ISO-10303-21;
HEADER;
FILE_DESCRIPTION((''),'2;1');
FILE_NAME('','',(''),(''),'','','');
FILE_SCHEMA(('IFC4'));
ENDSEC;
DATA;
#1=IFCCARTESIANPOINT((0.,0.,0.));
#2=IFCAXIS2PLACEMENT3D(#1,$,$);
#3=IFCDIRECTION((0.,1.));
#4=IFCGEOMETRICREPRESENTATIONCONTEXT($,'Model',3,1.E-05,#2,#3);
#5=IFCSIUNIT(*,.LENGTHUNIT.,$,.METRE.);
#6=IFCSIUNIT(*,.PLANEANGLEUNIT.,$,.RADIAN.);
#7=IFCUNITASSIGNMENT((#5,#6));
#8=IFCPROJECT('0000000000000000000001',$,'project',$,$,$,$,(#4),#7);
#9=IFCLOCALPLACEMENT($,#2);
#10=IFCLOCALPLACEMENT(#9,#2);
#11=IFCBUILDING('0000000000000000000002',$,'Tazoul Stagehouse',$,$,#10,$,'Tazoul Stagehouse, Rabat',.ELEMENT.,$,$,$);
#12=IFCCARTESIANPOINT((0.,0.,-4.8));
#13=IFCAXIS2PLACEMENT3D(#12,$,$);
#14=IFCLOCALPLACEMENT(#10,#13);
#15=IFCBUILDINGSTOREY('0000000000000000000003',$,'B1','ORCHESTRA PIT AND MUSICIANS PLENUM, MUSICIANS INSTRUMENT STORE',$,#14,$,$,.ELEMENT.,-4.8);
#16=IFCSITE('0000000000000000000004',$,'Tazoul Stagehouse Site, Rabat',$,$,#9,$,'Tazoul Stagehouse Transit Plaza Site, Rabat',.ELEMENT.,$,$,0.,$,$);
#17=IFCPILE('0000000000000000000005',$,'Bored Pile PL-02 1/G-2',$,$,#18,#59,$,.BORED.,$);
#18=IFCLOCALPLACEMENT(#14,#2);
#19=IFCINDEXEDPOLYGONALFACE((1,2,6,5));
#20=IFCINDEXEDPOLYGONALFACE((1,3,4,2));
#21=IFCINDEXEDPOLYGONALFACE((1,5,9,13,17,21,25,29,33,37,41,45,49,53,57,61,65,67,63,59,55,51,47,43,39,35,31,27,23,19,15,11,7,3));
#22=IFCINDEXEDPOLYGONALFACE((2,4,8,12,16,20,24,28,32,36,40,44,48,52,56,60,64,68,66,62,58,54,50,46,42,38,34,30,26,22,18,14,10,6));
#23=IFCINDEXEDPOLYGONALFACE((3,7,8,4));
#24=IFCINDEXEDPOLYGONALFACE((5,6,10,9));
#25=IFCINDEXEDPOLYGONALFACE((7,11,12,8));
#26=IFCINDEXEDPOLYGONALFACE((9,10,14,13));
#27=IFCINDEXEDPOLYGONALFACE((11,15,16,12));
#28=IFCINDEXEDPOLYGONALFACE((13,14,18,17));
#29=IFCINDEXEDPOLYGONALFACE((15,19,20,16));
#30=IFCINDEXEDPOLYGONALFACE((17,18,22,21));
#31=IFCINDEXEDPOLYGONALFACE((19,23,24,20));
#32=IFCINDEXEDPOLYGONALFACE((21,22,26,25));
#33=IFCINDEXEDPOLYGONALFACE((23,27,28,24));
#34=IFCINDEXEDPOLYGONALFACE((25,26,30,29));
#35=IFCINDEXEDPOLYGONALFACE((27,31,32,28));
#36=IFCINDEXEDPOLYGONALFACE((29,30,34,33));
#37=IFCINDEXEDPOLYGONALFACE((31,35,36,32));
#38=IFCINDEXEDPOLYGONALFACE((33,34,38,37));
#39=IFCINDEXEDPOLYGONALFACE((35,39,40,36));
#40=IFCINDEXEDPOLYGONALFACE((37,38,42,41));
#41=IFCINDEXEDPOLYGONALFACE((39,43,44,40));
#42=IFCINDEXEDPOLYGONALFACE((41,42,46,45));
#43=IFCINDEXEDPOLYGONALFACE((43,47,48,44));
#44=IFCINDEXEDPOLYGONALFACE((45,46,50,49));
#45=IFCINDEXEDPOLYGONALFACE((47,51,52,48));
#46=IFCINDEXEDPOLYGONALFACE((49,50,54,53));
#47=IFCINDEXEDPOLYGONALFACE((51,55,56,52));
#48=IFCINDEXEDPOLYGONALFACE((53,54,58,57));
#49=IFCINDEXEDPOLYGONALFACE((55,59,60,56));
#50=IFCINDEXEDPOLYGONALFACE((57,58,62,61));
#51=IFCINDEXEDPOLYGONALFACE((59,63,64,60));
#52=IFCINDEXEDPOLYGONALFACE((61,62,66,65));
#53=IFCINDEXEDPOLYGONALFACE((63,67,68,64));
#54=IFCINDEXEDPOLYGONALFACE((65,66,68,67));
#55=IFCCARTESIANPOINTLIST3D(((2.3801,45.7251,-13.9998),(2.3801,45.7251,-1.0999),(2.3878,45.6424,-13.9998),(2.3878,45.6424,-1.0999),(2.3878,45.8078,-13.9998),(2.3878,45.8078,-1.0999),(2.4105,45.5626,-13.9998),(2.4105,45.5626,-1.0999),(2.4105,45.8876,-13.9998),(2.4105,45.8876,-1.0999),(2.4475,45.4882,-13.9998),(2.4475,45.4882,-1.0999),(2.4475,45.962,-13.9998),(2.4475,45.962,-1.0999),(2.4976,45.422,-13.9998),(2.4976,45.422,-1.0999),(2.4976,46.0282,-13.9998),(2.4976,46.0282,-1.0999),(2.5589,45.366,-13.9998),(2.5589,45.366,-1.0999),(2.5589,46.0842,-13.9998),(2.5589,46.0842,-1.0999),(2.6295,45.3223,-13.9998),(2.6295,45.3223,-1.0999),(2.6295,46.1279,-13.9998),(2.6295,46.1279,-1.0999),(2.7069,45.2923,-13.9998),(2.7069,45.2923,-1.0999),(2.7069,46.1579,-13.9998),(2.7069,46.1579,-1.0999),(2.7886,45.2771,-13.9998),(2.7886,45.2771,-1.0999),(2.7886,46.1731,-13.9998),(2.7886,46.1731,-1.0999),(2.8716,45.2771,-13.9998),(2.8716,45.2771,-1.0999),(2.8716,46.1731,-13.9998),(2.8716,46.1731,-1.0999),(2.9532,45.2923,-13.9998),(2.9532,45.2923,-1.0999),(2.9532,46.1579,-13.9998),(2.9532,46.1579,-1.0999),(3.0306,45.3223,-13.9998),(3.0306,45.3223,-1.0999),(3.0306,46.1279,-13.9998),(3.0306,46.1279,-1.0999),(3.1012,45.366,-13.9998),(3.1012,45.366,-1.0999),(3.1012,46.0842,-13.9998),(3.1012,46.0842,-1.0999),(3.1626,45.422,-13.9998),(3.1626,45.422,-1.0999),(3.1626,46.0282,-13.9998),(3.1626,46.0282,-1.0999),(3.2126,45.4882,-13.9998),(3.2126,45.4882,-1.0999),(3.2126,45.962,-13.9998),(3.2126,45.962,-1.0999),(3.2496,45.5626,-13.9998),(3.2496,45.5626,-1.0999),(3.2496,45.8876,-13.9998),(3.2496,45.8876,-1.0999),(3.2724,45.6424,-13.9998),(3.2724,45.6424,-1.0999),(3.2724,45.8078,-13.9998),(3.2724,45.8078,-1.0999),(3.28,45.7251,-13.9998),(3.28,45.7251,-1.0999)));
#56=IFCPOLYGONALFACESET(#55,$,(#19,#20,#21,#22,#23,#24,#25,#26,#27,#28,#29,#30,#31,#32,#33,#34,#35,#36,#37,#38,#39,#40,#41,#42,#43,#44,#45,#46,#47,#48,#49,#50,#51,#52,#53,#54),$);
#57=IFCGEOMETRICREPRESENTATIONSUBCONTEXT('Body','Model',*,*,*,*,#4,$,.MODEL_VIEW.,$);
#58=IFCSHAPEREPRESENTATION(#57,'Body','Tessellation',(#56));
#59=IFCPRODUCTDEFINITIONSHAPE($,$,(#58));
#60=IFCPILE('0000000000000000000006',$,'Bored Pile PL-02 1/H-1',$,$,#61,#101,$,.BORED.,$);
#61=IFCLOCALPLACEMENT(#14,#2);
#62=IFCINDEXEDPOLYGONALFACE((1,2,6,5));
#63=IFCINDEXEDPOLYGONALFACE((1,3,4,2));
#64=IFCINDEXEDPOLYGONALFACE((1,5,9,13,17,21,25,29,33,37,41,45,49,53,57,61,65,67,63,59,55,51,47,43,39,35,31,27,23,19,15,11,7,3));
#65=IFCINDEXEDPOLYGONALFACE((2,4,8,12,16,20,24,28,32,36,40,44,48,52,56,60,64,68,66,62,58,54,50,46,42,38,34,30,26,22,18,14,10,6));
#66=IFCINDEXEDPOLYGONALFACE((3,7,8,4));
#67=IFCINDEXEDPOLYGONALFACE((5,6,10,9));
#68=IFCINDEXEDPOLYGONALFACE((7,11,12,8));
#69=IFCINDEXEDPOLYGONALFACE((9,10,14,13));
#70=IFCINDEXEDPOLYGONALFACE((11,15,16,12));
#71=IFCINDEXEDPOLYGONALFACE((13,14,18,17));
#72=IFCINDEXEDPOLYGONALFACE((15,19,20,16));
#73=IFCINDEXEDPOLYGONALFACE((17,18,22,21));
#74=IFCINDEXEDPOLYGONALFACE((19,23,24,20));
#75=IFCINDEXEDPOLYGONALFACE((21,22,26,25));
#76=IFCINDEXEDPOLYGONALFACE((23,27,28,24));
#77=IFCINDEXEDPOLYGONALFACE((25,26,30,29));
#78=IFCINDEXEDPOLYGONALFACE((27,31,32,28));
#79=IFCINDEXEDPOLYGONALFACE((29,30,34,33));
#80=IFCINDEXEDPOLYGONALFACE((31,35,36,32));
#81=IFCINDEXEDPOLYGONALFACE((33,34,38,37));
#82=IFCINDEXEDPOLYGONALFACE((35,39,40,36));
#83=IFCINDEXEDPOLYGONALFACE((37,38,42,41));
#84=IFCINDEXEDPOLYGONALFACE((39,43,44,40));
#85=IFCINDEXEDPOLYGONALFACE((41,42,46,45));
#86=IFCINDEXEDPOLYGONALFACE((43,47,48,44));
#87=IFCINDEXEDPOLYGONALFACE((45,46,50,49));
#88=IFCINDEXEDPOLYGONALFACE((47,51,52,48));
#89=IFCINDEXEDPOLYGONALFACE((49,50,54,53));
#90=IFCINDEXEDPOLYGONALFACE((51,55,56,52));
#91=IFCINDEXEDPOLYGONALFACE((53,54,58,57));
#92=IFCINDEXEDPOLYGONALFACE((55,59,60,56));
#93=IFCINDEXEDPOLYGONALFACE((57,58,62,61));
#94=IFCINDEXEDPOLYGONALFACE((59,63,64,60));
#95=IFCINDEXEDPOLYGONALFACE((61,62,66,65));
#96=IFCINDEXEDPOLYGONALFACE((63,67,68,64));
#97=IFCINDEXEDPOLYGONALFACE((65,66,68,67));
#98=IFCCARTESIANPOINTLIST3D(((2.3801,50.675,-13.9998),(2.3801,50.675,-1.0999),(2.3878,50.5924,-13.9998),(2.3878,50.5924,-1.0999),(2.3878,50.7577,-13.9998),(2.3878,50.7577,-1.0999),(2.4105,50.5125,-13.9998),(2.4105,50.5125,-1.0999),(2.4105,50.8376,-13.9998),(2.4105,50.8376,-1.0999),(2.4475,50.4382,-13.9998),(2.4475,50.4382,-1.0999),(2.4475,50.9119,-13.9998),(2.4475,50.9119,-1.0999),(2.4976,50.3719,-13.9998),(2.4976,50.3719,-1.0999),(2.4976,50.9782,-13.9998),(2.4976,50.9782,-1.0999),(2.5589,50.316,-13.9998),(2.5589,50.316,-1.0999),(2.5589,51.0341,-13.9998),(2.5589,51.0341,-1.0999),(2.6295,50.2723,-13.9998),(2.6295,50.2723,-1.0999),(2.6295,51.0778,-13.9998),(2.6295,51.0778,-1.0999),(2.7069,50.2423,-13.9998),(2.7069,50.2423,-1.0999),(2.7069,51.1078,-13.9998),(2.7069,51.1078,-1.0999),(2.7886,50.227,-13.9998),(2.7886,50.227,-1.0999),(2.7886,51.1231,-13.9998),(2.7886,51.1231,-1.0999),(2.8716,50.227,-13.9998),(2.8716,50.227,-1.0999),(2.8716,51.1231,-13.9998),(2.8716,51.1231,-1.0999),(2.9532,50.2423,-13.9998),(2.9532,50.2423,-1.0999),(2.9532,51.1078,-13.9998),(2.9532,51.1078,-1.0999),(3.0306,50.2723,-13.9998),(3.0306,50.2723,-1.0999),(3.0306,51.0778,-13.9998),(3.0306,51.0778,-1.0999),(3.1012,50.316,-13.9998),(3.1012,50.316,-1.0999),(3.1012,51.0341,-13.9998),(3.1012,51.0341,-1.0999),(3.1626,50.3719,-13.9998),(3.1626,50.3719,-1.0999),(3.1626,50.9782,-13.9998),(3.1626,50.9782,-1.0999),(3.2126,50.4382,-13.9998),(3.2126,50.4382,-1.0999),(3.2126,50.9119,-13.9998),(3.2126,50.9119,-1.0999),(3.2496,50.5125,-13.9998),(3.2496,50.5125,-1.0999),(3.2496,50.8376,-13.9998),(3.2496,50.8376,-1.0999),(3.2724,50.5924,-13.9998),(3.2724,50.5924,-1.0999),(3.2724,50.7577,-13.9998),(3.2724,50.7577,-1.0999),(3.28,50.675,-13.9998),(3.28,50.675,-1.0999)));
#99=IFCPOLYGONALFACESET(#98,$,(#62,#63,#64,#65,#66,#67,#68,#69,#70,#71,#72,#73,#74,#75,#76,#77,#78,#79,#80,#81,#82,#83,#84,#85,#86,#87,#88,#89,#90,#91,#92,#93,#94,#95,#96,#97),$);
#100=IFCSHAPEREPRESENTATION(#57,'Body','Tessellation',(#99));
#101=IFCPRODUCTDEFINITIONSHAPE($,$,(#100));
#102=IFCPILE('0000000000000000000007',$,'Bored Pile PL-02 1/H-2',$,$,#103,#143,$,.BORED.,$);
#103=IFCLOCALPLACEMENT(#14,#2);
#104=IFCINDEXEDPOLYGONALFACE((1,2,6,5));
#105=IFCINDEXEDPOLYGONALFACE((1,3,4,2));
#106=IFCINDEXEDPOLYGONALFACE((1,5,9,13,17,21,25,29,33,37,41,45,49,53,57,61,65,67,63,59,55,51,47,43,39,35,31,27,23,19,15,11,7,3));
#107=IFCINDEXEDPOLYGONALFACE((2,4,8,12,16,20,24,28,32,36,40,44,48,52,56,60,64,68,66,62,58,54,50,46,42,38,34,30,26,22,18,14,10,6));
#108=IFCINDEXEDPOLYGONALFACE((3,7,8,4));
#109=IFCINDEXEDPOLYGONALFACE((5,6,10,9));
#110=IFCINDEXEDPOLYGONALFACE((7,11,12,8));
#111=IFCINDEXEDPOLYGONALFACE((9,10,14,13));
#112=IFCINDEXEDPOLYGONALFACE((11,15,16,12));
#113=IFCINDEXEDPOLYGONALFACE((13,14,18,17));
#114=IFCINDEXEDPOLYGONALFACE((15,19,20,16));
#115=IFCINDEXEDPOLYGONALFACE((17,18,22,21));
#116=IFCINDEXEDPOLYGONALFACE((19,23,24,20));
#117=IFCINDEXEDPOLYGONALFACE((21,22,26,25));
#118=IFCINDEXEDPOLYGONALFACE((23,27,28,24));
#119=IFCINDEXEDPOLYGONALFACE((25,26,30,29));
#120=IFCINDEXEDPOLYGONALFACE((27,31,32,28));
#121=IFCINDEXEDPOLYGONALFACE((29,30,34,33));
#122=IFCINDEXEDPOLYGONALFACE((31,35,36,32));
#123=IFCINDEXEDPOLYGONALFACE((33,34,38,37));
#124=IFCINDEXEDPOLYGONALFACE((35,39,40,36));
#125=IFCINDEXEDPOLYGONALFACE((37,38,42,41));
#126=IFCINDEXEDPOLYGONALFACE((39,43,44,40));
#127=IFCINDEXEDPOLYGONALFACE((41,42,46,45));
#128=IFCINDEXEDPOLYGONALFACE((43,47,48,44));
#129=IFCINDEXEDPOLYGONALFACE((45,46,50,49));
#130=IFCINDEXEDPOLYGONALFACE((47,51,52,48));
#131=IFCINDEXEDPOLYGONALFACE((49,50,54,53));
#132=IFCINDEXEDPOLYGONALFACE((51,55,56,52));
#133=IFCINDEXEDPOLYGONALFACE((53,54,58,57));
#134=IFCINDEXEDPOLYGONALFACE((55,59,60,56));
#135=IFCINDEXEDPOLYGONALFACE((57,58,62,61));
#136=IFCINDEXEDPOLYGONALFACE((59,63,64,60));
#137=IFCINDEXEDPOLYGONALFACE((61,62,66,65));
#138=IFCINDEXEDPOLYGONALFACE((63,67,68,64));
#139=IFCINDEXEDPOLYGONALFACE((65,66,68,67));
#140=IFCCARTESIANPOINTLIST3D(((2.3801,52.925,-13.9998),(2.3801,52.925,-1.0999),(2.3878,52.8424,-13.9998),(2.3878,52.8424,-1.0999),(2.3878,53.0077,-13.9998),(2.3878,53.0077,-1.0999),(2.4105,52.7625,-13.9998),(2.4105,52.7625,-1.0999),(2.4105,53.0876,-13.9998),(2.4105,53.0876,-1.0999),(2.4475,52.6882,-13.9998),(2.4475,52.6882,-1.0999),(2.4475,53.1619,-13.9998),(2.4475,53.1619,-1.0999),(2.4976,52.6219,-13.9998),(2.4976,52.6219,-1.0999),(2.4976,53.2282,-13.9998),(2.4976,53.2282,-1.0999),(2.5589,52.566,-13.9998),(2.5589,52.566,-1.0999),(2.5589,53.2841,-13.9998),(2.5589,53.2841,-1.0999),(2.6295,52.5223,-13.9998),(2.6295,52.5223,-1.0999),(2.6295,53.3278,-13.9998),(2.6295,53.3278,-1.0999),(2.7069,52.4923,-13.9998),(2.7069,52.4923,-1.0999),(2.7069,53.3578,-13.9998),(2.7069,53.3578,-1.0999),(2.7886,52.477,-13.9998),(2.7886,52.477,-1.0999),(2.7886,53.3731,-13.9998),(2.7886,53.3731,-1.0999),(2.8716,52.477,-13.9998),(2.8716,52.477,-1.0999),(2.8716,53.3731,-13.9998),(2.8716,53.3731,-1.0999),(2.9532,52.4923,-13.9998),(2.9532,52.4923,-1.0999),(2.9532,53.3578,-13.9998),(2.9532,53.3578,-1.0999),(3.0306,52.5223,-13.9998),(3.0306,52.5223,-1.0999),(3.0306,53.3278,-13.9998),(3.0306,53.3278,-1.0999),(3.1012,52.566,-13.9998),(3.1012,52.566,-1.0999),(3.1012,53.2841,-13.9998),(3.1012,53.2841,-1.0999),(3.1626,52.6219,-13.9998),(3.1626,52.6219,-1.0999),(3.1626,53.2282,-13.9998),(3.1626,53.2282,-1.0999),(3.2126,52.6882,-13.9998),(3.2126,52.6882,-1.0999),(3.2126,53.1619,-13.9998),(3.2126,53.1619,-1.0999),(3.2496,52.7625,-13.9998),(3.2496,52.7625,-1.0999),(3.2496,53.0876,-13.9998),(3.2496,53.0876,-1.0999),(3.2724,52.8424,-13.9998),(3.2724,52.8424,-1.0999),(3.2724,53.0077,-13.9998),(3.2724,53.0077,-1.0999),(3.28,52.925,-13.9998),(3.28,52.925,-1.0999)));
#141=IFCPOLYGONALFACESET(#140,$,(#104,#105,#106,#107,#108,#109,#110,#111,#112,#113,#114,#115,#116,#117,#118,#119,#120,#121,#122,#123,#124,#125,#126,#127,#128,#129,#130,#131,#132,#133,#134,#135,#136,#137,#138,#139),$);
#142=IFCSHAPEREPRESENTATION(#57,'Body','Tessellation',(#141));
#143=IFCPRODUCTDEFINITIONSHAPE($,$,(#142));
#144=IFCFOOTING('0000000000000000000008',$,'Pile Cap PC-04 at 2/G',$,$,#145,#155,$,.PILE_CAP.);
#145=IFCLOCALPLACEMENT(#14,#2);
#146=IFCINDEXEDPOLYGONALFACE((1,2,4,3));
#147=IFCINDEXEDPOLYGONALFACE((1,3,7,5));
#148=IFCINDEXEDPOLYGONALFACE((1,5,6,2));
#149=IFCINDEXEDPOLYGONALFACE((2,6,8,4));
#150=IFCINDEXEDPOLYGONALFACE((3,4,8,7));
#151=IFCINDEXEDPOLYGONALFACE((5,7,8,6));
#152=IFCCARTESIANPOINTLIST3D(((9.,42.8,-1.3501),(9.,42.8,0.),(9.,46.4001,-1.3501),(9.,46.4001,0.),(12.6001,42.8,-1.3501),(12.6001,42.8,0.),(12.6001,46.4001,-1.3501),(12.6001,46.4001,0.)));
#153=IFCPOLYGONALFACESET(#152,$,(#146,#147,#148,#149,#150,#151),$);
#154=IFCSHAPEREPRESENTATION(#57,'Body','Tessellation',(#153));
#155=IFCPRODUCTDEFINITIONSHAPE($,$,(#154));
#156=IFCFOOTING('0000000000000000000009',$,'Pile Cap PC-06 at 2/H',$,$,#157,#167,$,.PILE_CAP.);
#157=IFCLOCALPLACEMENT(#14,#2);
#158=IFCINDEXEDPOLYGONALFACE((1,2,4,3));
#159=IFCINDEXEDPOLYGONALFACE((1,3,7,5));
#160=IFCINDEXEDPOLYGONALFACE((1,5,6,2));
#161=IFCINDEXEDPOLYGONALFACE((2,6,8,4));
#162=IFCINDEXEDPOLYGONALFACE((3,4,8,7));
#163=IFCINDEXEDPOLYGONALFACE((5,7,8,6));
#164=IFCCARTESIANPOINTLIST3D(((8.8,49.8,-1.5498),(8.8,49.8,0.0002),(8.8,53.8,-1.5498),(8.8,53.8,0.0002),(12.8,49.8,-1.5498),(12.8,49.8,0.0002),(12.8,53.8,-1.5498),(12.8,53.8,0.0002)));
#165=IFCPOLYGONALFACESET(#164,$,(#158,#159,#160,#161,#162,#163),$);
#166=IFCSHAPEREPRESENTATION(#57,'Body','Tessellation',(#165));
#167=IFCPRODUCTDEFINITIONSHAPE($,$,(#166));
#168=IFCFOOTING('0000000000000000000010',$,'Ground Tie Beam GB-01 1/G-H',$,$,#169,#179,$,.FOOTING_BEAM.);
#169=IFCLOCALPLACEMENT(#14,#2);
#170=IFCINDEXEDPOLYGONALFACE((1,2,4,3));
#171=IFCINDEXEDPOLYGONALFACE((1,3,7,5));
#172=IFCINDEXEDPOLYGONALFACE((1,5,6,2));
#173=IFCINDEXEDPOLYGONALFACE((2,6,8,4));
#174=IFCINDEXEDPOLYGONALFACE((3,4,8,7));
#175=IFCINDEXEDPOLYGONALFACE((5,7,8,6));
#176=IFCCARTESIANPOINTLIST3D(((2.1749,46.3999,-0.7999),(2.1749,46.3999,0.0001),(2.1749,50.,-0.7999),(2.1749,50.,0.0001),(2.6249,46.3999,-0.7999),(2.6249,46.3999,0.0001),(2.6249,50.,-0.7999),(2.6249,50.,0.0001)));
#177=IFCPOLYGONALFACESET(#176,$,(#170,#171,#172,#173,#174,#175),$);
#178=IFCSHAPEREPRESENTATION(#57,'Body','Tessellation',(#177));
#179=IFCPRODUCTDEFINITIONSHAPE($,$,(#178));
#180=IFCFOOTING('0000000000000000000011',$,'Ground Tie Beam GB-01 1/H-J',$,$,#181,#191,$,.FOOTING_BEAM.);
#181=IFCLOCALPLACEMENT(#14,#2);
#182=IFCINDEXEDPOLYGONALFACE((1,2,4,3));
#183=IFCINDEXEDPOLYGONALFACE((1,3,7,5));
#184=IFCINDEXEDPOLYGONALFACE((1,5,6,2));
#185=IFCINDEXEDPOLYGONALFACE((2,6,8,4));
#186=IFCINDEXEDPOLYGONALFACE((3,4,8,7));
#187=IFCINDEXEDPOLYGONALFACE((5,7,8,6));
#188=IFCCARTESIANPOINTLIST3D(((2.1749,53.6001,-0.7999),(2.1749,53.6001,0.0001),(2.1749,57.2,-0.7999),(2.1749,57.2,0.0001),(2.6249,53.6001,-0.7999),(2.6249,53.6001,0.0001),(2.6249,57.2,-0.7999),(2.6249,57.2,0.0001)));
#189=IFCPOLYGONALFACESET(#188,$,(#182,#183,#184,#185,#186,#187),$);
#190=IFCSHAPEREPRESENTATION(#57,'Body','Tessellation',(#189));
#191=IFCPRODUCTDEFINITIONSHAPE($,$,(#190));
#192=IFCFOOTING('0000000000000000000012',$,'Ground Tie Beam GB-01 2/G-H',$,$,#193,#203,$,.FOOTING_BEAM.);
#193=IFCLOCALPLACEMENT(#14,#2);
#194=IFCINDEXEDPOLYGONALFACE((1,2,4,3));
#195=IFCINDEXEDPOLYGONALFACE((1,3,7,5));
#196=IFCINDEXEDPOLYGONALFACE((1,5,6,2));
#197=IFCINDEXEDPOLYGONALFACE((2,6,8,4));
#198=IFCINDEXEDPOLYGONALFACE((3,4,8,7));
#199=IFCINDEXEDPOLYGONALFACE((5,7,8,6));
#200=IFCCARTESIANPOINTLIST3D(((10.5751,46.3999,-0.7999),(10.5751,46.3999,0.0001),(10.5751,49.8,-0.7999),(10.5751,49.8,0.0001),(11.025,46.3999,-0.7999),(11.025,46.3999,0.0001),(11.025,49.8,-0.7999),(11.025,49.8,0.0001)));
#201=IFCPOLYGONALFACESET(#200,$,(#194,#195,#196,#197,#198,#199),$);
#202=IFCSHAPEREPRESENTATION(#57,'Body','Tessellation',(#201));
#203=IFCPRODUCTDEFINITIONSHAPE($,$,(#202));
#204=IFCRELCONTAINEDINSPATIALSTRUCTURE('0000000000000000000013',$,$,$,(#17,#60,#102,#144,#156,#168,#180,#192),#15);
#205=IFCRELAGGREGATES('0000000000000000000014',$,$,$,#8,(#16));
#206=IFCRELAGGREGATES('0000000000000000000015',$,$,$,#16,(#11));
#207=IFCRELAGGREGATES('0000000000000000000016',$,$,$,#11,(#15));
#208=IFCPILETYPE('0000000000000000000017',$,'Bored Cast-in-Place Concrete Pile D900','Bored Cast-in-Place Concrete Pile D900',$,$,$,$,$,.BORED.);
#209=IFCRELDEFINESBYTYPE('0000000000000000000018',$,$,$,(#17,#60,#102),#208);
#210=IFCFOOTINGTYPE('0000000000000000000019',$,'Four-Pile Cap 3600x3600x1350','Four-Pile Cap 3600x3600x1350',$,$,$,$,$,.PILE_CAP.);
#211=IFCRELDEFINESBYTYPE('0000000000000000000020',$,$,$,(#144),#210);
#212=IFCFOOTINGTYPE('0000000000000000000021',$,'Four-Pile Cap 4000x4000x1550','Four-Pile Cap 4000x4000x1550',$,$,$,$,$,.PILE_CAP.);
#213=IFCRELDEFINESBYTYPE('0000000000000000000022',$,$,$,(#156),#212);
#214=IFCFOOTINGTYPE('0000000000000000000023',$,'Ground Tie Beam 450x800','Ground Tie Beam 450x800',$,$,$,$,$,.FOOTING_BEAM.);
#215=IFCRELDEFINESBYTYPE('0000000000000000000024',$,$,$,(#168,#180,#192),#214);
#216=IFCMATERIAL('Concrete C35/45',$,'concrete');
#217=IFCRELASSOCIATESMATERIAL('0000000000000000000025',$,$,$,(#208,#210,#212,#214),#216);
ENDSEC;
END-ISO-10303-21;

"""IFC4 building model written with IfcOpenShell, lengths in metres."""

from ifc_helpers import new_model, si_unit, direction, frame, origin, origin_2d, place, context, subcontext, project, spatial, rectangle, circle, extrude, material, material_profile, profile_set, type_object, element, save


model = new_model("IFC4")

# Units and contexts
model_context = context("Model", 3, precision=1e-05, world=origin(), true_north=direction((0.0, 1.0)))
body_context = subcontext(model_context, "Body", "Model", "MODEL_VIEW")
ifc_project = project(units=[si_unit("LENGTHUNIT", "METRE"), si_unit("PLANEANGLEUNIT", "RADIAN")], contexts=[model_context])

# Site, building, storey
site_placement = place(None, origin())
site = spatial("IfcSite", under=ifc_project, at=site_placement, Name="Tazoul Stagehouse Site, Rabat", LongName="Tazoul Stagehouse Transit Plaza Site, Rabat", CompositionType="ELEMENT", RefElevation=0.0)
building_placement = place(site_placement, origin())
building = spatial("IfcBuilding", under=site, at=building_placement, Name="Tazoul Stagehouse", LongName="Tazoul Stagehouse, Rabat", CompositionType="ELEMENT")
storey_placement = place(building_placement, frame((0.0, 0.0, -4.8)))
storey = spatial("IfcBuildingStorey", under=building, at=storey_placement, Name="B1", Description="ORCHESTRA PIT AND MUSICIANS PLENUM, MUSICIANS INSTRUMENT STORE", CompositionType="ELEMENT", Elevation=-4.8)

# Piles
ifc_material_1 = material(Name="Concrete C35/45", Category="concrete")
ifc_material_profile_1 = material_profile(ifc_material_1, circle(Radius=0.45, at=origin_2d()), Name="BORED PILE 900")
ifc_profile_set_1 = profile_set([ifc_material_profile_1], Name="Concrete C35/45")
pile_type_1 = type_object("IfcPileType", Name="Bored Cast-in-Place Concrete Pile D900", Description="Bored Cast-in-Place Concrete Pile D900", PredefinedType="BORED", material=ifc_profile_set_1)
for number, where, z_axis, x_axis, name in (
    (1, (2.8301, 45.7251, -1.0999), (0.0, 0.0, -1.0), (1.0, 0.0, 0.0), "Bored Pile PL-02 1/G-2"),
    (2, (2.8301, 50.675, -1.0999), (0.0, 0.0, -1.0), (1.0, 0.0, 0.0), "Bored Pile PL-02 1/H-1"),
    (3, (2.8301, 52.925, -1.0999), (0.0, 0.0, -1.0), (1.0, 0.0, 0.0), "Bored Pile PL-02 1/H-2"),
):
    element("IfcPile", number, at=place(storey_placement, frame(where, z_axis=z_axis, x_axis=x_axis)), inside=storey, type_object=pile_type_1, Name=name, PredefinedType="BORED", context=body_context, shape_type="SweptSolid", body=[
        extrude(circle(Radius=0.45, at=origin_2d()), origin(), (0.0, 0.0, 1.0), 12.8999),
    ])

# Footings
footing_type_1 = type_object("IfcFootingType", Name="Four-Pile Cap 3600x3600x1350", Description="Four-Pile Cap 3600x3600x1350", PredefinedType="PILE_CAP", material=ifc_material_1)
footing_1_placement = place(storey_placement, frame((10.8, 44.6001, -1.3501), z_axis=(0.0, 0.0, 1.0), x_axis=(1.0, 0.0, 0.0)))
element("IfcFooting", 4, at=footing_1_placement, inside=storey, type_object=footing_type_1, Name="Pile Cap PC-04 at 2/G", PredefinedType="PILE_CAP", context=body_context, shape_type="SweptSolid", body=[
    extrude(rectangle(XDim=3.6001, YDim=3.6001, at=origin_2d()), origin(), (0.0, 0.0, 1.0), 1.3501),
])
footing_type_2 = type_object("IfcFootingType", Name="Four-Pile Cap 4000x4000x1550", Description="Four-Pile Cap 4000x4000x1550", PredefinedType="PILE_CAP", material=ifc_material_1)
footing_2_placement = place(storey_placement, frame((10.8, 51.8, -1.5498), z_axis=(0.0, 0.0, 1.0), x_axis=(1.0, 0.0, 0.0)))
element("IfcFooting", 5, at=footing_2_placement, inside=storey, type_object=footing_type_2, Name="Pile Cap PC-06 at 2/H", PredefinedType="PILE_CAP", context=body_context, shape_type="SweptSolid", body=[
    extrude(rectangle(XDim=4.0, YDim=4.0, at=origin_2d()), origin(), (0.0, 0.0, 1.0), 1.55),
])
ifc_material_profile_2 = material_profile(ifc_material_1, rectangle(XDim=0.45, YDim=0.8, at=origin_2d()), Name="RC 450x800")
ifc_profile_set_2 = profile_set([ifc_material_profile_2], Name="Concrete C35/45")
footing_type_3 = type_object("IfcFootingType", Name="Ground Tie Beam 450x800", Description="Ground Tie Beam 450x800", PredefinedType="FOOTING_BEAM", material=ifc_profile_set_2)
footing_3_placement = place(storey_placement, frame((2.3999, 46.3999, -0.3999), z_axis=(0.0, 1.0, 0.0), x_axis=(-1.0, 0.0, 0.0)))
element("IfcFooting", 6, at=footing_3_placement, inside=storey, type_object=footing_type_3, Name="Ground Tie Beam GB-01 1/G-H", PredefinedType="FOOTING_BEAM", context=body_context, shape_type="SweptSolid", body=[
    extrude(rectangle(XDim=0.45, YDim=0.8, at=origin_2d()), origin(), (0.0, 0.0, 1.0), 3.6001),
])
footing_4_placement = place(storey_placement, frame((2.3999, 53.6001, -0.3999), z_axis=(0.0, 1.0, 0.0), x_axis=(-1.0, 0.0, 0.0)))
element("IfcFooting", 7, at=footing_4_placement, inside=storey, type_object=footing_type_3, Name="Ground Tie Beam GB-01 1/H-J", PredefinedType="FOOTING_BEAM", context=body_context, shape_type="SweptSolid", body=[
    extrude(rectangle(XDim=0.45, YDim=0.8, at=origin_2d()), origin(), (0.0, 0.0, 1.0), 3.5999),
])
footing_5_placement = place(storey_placement, frame((10.8, 46.3999, -0.3999), z_axis=(0.0, 1.0, 0.0), x_axis=(-1.0, 0.0, 0.0)))
element("IfcFooting", 8, at=footing_5_placement, inside=storey, type_object=footing_type_3, Name="Ground Tie Beam GB-01 2/G-H", PredefinedType="FOOTING_BEAM", context=body_context, shape_type="SweptSolid", body=[
    extrude(rectangle(XDim=0.45, YDim=0.8, at=origin_2d()), origin(), (0.0, 0.0, 1.0), 3.4001),
])

save(model, "model.ifc")
